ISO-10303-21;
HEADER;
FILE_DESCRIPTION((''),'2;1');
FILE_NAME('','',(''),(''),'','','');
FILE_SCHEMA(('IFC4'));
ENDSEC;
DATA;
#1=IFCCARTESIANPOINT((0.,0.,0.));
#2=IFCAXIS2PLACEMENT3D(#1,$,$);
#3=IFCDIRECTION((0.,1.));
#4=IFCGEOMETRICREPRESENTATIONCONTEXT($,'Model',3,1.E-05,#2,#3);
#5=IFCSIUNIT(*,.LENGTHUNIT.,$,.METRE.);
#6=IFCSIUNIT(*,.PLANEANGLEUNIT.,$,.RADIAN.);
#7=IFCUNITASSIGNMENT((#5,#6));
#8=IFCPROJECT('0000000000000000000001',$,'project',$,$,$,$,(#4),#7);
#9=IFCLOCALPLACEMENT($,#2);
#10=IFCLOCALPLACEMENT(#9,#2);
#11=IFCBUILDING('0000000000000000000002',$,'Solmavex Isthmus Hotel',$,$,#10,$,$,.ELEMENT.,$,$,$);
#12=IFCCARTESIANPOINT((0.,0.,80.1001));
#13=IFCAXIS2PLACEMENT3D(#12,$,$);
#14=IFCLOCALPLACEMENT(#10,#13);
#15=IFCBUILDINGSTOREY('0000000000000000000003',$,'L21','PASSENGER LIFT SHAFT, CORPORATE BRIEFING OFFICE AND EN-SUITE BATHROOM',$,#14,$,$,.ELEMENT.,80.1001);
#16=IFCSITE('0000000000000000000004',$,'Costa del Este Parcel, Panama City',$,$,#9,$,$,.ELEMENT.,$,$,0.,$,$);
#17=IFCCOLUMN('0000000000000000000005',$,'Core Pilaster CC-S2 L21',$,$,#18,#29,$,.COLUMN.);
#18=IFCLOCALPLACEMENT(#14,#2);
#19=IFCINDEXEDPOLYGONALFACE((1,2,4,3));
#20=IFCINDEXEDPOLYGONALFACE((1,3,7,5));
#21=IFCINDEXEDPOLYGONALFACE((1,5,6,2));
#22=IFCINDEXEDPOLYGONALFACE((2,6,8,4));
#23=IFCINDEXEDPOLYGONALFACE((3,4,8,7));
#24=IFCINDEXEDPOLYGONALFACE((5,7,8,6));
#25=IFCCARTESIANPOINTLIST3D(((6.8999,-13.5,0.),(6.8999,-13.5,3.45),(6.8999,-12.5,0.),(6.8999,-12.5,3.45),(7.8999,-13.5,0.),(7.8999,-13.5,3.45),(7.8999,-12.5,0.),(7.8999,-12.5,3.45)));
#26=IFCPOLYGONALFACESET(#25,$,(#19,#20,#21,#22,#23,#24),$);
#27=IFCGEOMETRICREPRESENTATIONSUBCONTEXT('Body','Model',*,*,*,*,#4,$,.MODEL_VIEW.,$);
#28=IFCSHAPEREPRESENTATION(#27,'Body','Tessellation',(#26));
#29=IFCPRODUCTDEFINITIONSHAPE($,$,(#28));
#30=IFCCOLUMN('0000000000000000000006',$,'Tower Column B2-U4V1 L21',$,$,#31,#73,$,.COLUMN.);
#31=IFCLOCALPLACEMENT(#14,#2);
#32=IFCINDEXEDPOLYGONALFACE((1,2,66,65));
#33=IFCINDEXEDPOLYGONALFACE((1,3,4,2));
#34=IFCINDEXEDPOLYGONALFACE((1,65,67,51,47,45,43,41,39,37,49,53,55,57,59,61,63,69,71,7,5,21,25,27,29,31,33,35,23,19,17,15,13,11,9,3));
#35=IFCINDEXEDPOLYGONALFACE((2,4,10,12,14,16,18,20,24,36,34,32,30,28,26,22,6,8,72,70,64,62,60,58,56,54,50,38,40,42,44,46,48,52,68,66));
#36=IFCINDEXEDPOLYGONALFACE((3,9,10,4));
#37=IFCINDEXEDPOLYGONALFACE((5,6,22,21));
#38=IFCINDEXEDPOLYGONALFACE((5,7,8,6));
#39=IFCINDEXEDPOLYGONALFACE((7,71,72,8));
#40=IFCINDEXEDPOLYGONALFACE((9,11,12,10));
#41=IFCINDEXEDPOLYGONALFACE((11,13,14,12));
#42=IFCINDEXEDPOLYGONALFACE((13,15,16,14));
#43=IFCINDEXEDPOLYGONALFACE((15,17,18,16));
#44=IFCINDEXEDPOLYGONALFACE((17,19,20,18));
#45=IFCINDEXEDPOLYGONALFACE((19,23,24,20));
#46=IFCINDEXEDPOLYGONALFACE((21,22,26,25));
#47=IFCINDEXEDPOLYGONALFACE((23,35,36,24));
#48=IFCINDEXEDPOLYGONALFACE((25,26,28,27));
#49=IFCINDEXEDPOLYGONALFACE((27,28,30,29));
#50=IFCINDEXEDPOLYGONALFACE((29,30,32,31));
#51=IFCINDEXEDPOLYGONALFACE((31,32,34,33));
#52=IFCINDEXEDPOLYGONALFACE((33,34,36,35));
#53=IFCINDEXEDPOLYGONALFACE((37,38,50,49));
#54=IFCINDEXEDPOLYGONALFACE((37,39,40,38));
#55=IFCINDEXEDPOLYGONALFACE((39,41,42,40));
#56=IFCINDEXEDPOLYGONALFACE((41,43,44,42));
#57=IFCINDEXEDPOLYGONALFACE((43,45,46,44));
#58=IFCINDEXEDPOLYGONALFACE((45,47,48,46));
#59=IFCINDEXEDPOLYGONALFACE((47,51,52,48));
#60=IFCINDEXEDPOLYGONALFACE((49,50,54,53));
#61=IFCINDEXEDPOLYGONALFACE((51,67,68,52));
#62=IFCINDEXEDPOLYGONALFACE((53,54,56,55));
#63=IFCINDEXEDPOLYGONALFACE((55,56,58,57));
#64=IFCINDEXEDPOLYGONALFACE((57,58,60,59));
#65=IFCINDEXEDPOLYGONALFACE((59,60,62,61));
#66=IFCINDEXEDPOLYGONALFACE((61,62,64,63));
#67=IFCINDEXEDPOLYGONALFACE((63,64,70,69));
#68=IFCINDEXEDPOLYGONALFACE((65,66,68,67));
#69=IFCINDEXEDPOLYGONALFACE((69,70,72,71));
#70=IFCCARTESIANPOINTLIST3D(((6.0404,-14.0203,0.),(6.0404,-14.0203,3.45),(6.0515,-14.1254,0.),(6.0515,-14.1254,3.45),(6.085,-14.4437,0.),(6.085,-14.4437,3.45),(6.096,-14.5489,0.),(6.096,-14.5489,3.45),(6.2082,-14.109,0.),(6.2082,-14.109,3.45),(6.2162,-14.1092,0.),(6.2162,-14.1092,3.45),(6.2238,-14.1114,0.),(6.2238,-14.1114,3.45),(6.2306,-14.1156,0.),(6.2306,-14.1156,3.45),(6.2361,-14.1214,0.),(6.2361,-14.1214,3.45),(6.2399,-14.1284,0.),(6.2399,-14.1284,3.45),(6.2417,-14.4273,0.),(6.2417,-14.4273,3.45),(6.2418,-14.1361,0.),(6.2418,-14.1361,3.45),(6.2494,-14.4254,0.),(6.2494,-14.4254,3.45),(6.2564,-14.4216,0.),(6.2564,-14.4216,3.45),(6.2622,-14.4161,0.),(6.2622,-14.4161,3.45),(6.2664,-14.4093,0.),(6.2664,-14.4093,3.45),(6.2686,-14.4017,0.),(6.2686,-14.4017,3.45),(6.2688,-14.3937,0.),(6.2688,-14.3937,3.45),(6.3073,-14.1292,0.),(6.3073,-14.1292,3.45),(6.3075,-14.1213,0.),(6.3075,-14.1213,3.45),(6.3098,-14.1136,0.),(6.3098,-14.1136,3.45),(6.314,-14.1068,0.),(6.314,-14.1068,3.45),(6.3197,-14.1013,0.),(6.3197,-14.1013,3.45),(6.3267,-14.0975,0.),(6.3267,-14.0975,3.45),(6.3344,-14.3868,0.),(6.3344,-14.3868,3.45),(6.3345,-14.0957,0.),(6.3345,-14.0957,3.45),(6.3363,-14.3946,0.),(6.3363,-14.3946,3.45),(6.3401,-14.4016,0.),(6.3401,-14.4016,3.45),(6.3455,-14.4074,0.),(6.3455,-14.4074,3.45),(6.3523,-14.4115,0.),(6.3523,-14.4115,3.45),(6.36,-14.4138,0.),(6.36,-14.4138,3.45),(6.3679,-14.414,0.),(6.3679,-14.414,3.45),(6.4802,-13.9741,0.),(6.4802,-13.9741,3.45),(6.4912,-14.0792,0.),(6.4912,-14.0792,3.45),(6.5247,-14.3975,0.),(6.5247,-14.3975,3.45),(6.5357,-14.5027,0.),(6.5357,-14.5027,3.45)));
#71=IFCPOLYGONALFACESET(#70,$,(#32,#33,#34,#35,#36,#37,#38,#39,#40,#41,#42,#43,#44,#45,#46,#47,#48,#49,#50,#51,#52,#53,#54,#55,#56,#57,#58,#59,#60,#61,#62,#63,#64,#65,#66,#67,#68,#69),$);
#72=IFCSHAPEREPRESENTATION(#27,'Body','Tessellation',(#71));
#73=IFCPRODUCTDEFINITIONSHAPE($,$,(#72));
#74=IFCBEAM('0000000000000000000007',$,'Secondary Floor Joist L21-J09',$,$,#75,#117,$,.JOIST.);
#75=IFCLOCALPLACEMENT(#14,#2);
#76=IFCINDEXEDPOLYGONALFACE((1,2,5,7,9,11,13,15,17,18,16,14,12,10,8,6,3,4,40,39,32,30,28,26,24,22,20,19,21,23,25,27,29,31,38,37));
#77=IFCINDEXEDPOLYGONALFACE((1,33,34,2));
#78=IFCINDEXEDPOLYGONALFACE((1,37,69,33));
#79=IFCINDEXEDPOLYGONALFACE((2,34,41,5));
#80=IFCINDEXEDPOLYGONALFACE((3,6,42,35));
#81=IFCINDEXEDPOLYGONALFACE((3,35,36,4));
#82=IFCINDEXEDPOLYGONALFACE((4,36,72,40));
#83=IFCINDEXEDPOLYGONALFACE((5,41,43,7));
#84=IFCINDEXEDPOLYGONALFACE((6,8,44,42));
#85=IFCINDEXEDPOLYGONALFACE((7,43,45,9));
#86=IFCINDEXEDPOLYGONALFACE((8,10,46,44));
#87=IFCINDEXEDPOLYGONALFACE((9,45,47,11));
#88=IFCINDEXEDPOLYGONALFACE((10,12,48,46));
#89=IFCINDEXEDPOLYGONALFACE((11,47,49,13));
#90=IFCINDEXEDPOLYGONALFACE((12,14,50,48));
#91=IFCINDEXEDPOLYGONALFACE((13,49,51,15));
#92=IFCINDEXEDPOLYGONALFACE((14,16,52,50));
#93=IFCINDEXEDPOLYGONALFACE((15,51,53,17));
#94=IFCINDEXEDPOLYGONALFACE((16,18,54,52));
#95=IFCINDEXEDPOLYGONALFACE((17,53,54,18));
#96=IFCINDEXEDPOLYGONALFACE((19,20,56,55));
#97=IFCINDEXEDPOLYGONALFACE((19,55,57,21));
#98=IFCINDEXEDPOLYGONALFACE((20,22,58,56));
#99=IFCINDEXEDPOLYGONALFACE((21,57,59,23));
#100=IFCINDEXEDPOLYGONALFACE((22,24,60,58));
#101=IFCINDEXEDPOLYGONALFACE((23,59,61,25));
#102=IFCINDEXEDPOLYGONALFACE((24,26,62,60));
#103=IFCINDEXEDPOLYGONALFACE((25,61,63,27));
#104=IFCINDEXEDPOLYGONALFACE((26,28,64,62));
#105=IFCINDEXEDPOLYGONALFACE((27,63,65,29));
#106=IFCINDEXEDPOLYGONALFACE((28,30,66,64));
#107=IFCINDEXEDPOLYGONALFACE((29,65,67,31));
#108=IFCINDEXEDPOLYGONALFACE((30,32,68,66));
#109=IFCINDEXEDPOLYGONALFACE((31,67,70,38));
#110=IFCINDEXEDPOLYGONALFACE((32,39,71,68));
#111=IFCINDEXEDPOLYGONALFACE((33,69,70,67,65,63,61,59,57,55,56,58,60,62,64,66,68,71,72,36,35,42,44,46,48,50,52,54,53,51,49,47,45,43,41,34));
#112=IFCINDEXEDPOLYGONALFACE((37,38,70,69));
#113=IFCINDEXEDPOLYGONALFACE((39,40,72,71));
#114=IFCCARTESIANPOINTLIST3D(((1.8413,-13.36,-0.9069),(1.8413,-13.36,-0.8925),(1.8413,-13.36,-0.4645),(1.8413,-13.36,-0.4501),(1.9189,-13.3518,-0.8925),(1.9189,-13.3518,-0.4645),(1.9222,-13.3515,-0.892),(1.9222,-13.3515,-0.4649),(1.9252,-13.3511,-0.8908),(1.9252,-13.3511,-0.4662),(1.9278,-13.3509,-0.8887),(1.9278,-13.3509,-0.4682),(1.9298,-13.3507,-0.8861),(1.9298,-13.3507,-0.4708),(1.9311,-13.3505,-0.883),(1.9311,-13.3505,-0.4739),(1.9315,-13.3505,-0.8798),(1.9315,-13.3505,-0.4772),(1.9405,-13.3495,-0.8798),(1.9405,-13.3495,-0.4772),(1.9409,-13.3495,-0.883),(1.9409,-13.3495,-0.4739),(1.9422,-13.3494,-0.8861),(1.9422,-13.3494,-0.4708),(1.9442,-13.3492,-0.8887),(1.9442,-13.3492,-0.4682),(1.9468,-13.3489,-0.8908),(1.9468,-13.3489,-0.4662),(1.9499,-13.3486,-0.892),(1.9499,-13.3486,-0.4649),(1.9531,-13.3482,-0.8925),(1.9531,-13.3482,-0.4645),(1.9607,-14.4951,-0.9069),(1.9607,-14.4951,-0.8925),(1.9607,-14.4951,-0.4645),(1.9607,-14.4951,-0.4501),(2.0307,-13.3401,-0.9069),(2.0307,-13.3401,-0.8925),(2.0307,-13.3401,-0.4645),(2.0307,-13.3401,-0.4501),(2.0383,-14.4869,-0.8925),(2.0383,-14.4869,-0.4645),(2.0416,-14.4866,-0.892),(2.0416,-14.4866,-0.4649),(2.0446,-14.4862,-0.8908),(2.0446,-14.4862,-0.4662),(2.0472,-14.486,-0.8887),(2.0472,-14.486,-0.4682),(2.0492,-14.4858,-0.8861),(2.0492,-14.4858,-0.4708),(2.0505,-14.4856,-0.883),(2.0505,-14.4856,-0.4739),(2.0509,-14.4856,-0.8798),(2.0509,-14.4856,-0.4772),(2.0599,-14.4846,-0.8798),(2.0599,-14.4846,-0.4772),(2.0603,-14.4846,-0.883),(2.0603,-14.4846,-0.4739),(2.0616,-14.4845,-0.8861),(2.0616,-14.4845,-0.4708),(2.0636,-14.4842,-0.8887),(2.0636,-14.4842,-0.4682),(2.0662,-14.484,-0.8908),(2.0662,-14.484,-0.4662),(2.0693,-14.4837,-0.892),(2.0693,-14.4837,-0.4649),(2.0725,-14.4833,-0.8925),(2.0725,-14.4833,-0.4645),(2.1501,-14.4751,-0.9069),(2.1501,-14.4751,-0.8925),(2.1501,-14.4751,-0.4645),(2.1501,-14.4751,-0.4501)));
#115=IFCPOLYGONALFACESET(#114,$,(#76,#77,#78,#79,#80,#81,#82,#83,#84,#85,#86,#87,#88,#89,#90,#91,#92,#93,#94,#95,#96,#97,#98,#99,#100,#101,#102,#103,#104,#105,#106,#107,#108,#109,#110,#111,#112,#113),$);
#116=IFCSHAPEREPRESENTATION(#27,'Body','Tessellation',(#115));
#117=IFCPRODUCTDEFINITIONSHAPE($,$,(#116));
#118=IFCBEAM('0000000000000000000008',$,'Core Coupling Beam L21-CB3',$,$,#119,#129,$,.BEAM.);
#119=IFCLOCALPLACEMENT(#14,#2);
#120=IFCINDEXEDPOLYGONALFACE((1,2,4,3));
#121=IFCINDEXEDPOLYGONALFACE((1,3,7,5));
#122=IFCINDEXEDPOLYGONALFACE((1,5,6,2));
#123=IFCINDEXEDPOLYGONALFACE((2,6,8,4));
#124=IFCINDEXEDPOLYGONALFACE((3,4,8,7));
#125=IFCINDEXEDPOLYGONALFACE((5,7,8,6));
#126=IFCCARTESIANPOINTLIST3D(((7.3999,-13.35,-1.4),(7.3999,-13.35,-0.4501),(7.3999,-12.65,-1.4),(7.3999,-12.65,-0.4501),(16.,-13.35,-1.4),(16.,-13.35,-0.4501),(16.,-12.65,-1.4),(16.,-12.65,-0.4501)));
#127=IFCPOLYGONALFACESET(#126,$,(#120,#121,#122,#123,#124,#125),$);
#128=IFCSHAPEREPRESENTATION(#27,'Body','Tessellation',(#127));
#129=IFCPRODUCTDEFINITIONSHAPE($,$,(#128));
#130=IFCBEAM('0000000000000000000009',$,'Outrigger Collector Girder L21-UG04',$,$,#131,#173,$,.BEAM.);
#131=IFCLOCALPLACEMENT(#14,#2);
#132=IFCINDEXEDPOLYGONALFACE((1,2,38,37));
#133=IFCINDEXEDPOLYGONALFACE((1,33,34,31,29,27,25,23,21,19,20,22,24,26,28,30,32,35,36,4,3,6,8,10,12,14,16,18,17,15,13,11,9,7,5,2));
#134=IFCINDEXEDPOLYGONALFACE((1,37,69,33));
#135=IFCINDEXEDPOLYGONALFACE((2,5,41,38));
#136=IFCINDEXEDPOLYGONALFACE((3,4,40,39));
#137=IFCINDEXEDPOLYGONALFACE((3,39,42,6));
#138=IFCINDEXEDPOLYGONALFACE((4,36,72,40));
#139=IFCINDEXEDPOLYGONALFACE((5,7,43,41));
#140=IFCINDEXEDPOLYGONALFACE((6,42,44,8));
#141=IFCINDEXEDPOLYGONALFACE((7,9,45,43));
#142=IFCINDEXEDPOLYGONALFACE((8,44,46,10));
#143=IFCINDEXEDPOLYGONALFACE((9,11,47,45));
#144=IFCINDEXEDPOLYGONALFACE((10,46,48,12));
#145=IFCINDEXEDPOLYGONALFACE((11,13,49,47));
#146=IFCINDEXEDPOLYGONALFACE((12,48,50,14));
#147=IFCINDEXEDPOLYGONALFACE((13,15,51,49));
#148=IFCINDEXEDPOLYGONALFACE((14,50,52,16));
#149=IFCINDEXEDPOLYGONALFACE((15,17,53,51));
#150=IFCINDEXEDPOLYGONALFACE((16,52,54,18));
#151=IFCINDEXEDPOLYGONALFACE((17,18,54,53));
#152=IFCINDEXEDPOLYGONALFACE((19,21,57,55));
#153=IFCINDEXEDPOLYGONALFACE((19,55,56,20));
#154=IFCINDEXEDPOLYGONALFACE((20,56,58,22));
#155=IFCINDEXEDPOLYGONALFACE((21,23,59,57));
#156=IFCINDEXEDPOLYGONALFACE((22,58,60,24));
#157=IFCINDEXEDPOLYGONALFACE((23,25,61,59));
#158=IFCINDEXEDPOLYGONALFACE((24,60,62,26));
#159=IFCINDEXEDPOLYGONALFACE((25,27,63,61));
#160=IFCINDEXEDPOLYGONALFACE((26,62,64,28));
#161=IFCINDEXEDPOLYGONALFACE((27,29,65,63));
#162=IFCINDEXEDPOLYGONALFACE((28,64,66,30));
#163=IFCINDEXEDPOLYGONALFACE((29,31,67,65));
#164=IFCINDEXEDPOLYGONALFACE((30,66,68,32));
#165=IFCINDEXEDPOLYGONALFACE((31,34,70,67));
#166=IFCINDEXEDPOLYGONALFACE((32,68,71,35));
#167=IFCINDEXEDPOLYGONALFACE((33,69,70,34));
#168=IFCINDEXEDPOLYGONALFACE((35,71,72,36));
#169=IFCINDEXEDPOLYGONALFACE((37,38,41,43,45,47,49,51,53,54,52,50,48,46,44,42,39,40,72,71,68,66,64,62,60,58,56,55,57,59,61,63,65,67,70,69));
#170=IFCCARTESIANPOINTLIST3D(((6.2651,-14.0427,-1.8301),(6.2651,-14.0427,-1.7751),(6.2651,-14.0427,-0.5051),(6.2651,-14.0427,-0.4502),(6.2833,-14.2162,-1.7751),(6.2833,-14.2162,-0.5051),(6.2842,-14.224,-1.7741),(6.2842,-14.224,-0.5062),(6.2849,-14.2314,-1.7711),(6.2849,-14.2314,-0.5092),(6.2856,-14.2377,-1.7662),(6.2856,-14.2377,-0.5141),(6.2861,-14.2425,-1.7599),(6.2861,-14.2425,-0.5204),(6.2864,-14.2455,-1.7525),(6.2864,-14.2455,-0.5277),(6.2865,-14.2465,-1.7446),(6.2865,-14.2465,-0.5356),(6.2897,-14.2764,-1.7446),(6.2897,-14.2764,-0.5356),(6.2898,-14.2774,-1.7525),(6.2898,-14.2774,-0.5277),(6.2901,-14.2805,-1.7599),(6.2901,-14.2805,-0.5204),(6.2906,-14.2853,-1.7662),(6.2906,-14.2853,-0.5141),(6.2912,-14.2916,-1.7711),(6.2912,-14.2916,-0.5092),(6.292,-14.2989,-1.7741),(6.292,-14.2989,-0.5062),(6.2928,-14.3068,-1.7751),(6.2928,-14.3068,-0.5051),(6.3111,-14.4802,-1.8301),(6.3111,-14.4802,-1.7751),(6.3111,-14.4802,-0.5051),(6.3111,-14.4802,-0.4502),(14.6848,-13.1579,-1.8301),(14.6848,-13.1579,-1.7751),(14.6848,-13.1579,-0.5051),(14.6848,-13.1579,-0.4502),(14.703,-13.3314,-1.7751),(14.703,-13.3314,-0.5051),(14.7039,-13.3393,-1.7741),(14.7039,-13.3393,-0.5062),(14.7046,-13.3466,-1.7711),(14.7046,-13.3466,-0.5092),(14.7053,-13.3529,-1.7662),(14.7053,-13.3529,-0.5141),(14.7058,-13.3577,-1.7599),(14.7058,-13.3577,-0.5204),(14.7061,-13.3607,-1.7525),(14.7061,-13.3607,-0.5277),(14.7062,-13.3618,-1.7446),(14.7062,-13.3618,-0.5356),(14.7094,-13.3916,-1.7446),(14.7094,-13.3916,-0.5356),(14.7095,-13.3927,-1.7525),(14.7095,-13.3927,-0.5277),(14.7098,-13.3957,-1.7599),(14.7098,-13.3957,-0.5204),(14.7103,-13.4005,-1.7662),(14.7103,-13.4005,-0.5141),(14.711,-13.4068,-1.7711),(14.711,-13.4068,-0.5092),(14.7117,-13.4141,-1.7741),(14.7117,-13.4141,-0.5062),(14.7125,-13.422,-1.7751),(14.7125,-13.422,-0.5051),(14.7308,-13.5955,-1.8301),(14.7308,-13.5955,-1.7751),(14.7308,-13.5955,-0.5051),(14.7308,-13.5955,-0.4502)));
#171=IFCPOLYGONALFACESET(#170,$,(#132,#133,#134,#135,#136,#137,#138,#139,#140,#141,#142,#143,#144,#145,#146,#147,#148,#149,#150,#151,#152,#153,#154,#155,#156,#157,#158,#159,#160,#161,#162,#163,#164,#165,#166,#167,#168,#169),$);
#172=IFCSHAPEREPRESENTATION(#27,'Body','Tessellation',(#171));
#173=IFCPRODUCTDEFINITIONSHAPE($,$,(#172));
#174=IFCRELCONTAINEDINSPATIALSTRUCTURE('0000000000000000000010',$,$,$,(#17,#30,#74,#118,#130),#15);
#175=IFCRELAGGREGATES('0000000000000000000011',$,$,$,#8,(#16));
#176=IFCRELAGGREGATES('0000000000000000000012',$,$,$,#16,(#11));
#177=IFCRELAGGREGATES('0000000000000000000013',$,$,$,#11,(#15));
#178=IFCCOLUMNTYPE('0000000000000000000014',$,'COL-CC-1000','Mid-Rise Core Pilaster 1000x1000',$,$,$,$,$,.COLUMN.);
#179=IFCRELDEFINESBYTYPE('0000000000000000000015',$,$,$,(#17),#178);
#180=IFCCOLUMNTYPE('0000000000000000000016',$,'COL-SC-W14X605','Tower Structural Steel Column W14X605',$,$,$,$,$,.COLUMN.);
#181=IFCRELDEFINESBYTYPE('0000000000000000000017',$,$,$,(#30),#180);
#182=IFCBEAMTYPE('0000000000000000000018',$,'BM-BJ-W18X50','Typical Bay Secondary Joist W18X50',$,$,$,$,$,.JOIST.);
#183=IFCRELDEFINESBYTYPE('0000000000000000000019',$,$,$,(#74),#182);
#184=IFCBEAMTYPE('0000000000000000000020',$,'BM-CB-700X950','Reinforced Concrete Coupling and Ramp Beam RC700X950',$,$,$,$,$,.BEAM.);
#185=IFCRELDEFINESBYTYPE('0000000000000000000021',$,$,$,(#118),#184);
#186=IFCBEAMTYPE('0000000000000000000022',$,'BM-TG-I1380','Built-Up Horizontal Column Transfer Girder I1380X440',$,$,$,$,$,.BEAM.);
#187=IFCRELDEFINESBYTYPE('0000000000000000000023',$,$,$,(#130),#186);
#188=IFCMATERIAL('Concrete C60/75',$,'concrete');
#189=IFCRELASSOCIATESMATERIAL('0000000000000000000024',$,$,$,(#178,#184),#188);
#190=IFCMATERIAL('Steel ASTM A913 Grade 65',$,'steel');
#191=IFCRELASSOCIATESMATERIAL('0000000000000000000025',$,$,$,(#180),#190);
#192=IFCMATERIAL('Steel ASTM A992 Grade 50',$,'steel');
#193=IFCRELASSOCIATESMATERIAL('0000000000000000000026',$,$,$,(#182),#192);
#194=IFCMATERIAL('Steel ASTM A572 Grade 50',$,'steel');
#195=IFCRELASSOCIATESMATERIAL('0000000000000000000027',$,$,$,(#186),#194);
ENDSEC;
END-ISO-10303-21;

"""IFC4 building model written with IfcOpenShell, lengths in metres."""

from ifc_helpers import new_model, si_unit, direction, frame, origin, origin_2d, place, context, subcontext, project, spatial, rectangle, i_section, extrude, material, material_profile, profile_set, type_object, element, save


model = new_model("IFC4")

# Units and contexts
model_context = context("Model", 3, precision=1e-05, world=origin(), true_north=direction((0.0, 1.0)))
body_context = subcontext(model_context, "Body", "Model", "MODEL_VIEW")
ifc_project = project(units=[si_unit("LENGTHUNIT", "METRE"), si_unit("PLANEANGLEUNIT", "RADIAN")], contexts=[model_context])

# Site, building, storey
site_placement = place(None, origin())
site = spatial("IfcSite", under=ifc_project, at=site_placement, Name="Costa del Este Parcel, Panama City", CompositionType="ELEMENT", RefElevation=0.0)
building_placement = place(site_placement, origin())
building = spatial("IfcBuilding", under=site, at=building_placement, Name="Solmavex Isthmus Hotel", CompositionType="ELEMENT")
storey_placement = place(building_placement, frame((0.0, 0.0, 80.1001)))
storey = spatial("IfcBuildingStorey", under=building, at=storey_placement, Name="L21", Description="PASSENGER LIFT SHAFT, CORPORATE BRIEFING OFFICE AND EN-SUITE BATHROOM", CompositionType="ELEMENT", Elevation=80.1001)

# Columns
ifc_material_1 = material(Name="Concrete C60/75", Category="concrete")
ifc_material_profile_1 = material_profile(ifc_material_1, rectangle(XDim=1.0, YDim=1.0, at=origin_2d()), Name="RC1000X1000")
ifc_profile_set_1 = profile_set([ifc_material_profile_1], Name="Concrete C60/75")
column_type_1 = type_object("IfcColumnType", Name="COL-CC-1000", Description="Mid-Rise Core Pilaster 1000x1000", PredefinedType="COLUMN", material=ifc_profile_set_1)
column_1_placement = place(storey_placement, frame((7.3999, -13.0, 0.0), z_axis=(0.0, 0.0, 1.0), x_axis=(1.0, 0.0, 0.0)))
element("IfcColumn", 1, at=column_1_placement, inside=storey, type_object=column_type_1, Name="Core Pilaster CC-S2 L21", PredefinedType="COLUMN", context=body_context, shape_type="SweptSolid", body=[
    extrude(rectangle(XDim=1.0, YDim=1.0, at=origin_2d()), origin(), (0.0, 0.0, 1.0), 3.45),
])
ifc_material_2 = material(Name="Steel ASTM A913 Grade 65", Category="steel")
ifc_material_profile_2 = material_profile(ifc_material_2, i_section(OverallWidth=0.4421, OverallDepth=0.5315, WebThickness=0.0659, FlangeThickness=0.1057, FilletRadius=0.0305, at=origin_2d()), Name="W14X605")
ifc_profile_set_2 = profile_set([ifc_material_profile_2], Name="Steel ASTM A913 Grade 65")
column_type_2 = type_object("IfcColumnType", Name="COL-SC-W14X605", Description="Tower Structural Steel Column W14X605", PredefinedType="COLUMN", material=ifc_profile_set_2)
column_2_placement = place(storey_placement, frame((6.2881, -14.2615, 0.0), z_axis=(0.0, 0.0, 1.0), x_axis=(0.994522, 0.104528, 0.0)))
element("IfcColumn", 2, at=column_2_placement, inside=storey, type_object=column_type_2, Name="Tower Column B2-U4V1 L21", PredefinedType="COLUMN", context=body_context, shape_type="SweptSolid", body=[
    extrude(i_section(OverallWidth=0.4421, OverallDepth=0.5315, WebThickness=0.0659, FlangeThickness=0.1057, FilletRadius=0.0305, at=origin_2d()), origin(), (0.0, 0.0, 1.0), 3.45),
])

# Beams
ifc_material_3 = material(Name="Steel ASTM A992 Grade 50", Category="steel")
ifc_material_profile_3 = material_profile(ifc_material_3, i_section(OverallWidth=0.1904, OverallDepth=0.4568, WebThickness=0.009, FlangeThickness=0.0144, FilletRadius=0.0127, at=origin_2d()), Name="W18X50")
ifc_profile_set_3 = profile_set([ifc_material_profile_3], Name="Steel ASTM A992 Grade 50")
beam_type_1 = type_object("IfcBeamType", Name="BM-BJ-W18X50", Description="Typical Bay Secondary Joist W18X50", PredefinedType="JOIST", material=ifc_profile_set_3)
beam_1_placement = place(storey_placement, frame((2.0554, -14.4851, -0.6785), z_axis=(-0.104607, 0.994514, 0.0), x_axis=(-0.994514, -0.104607, 0.0)))
element("IfcBeam", 3, at=beam_1_placement, inside=storey, type_object=beam_type_1, Name="Secondary Floor Joist L21-J09", PredefinedType="JOIST", context=body_context, shape_type="SweptSolid", body=[
    extrude(i_section(OverallWidth=0.1904, OverallDepth=0.4568, WebThickness=0.009, FlangeThickness=0.0144, FilletRadius=0.0127, at=origin_2d()), origin(), (0.0, 0.0, 1.0), 1.1414),
])
ifc_material_profile_4 = material_profile(ifc_material_1, rectangle(XDim=0.7, YDim=0.95, at=origin_2d()), Name="RC700X950")
ifc_profile_set_4 = profile_set([ifc_material_profile_4], Name="Concrete C60/75")
beam_type_2 = type_object("IfcBeamType", Name="BM-CB-700X950", Description="Reinforced Concrete Coupling and Ramp Beam RC700X950", PredefinedType="BEAM", material=ifc_profile_set_4)
beam_2_placement = place(storey_placement, frame((7.3999, -13.0, -0.925), z_axis=(1.0, 0.0, 0.0), x_axis=(0.0, 1.0, 0.0)))
element("IfcBeam", 4, at=beam_2_placement, inside=storey, type_object=beam_type_2, Name="Core Coupling Beam L21-CB3", PredefinedType="BEAM", context=body_context, shape_type="SweptSolid", body=[
    extrude(rectangle(XDim=0.7, YDim=0.95, at=origin_2d()), origin(), (0.0, 0.0, 1.0), 8.6001),
])
ifc_material_4 = material(Name="Steel ASTM A572 Grade 50", Category="steel")
ifc_material_profile_5 = material_profile(ifc_material_4, i_section(OverallWidth=0.4399, OverallDepth=1.3799, WebThickness=0.03, FlangeThickness=0.0549, FilletRadius=0.0305, at=origin_2d()), Name="I1380X440")
ifc_profile_set_5 = profile_set([ifc_material_profile_5], Name="Steel ASTM A572 Grade 50")
beam_type_3 = type_object("IfcBeamType", Name="BM-TG-I1380", Description="Built-Up Horizontal Column Transfer Girder I1380X440", PredefinedType="BEAM", material=ifc_profile_set_5)
beam_3_placement = place(storey_placement, frame((6.2881, -14.2615, -1.1401), z_axis=(0.994524, 0.104508, 0.0), x_axis=(-0.104508, 0.994524, 0.0)))
element("IfcBeam", 5, at=beam_3_placement, inside=storey, type_object=beam_type_3, Name="Outrigger Collector Girder L21-UG04", PredefinedType="BEAM", context=body_context, shape_type="SweptSolid", body=[
    extrude(i_section(OverallWidth=0.4399, OverallDepth=1.3799, WebThickness=0.03, FlangeThickness=0.0549, FilletRadius=0.0305, at=origin_2d()), origin(), (0.0, 0.0, 1.0), 8.4661),
])

save(model, "model.ifc")
